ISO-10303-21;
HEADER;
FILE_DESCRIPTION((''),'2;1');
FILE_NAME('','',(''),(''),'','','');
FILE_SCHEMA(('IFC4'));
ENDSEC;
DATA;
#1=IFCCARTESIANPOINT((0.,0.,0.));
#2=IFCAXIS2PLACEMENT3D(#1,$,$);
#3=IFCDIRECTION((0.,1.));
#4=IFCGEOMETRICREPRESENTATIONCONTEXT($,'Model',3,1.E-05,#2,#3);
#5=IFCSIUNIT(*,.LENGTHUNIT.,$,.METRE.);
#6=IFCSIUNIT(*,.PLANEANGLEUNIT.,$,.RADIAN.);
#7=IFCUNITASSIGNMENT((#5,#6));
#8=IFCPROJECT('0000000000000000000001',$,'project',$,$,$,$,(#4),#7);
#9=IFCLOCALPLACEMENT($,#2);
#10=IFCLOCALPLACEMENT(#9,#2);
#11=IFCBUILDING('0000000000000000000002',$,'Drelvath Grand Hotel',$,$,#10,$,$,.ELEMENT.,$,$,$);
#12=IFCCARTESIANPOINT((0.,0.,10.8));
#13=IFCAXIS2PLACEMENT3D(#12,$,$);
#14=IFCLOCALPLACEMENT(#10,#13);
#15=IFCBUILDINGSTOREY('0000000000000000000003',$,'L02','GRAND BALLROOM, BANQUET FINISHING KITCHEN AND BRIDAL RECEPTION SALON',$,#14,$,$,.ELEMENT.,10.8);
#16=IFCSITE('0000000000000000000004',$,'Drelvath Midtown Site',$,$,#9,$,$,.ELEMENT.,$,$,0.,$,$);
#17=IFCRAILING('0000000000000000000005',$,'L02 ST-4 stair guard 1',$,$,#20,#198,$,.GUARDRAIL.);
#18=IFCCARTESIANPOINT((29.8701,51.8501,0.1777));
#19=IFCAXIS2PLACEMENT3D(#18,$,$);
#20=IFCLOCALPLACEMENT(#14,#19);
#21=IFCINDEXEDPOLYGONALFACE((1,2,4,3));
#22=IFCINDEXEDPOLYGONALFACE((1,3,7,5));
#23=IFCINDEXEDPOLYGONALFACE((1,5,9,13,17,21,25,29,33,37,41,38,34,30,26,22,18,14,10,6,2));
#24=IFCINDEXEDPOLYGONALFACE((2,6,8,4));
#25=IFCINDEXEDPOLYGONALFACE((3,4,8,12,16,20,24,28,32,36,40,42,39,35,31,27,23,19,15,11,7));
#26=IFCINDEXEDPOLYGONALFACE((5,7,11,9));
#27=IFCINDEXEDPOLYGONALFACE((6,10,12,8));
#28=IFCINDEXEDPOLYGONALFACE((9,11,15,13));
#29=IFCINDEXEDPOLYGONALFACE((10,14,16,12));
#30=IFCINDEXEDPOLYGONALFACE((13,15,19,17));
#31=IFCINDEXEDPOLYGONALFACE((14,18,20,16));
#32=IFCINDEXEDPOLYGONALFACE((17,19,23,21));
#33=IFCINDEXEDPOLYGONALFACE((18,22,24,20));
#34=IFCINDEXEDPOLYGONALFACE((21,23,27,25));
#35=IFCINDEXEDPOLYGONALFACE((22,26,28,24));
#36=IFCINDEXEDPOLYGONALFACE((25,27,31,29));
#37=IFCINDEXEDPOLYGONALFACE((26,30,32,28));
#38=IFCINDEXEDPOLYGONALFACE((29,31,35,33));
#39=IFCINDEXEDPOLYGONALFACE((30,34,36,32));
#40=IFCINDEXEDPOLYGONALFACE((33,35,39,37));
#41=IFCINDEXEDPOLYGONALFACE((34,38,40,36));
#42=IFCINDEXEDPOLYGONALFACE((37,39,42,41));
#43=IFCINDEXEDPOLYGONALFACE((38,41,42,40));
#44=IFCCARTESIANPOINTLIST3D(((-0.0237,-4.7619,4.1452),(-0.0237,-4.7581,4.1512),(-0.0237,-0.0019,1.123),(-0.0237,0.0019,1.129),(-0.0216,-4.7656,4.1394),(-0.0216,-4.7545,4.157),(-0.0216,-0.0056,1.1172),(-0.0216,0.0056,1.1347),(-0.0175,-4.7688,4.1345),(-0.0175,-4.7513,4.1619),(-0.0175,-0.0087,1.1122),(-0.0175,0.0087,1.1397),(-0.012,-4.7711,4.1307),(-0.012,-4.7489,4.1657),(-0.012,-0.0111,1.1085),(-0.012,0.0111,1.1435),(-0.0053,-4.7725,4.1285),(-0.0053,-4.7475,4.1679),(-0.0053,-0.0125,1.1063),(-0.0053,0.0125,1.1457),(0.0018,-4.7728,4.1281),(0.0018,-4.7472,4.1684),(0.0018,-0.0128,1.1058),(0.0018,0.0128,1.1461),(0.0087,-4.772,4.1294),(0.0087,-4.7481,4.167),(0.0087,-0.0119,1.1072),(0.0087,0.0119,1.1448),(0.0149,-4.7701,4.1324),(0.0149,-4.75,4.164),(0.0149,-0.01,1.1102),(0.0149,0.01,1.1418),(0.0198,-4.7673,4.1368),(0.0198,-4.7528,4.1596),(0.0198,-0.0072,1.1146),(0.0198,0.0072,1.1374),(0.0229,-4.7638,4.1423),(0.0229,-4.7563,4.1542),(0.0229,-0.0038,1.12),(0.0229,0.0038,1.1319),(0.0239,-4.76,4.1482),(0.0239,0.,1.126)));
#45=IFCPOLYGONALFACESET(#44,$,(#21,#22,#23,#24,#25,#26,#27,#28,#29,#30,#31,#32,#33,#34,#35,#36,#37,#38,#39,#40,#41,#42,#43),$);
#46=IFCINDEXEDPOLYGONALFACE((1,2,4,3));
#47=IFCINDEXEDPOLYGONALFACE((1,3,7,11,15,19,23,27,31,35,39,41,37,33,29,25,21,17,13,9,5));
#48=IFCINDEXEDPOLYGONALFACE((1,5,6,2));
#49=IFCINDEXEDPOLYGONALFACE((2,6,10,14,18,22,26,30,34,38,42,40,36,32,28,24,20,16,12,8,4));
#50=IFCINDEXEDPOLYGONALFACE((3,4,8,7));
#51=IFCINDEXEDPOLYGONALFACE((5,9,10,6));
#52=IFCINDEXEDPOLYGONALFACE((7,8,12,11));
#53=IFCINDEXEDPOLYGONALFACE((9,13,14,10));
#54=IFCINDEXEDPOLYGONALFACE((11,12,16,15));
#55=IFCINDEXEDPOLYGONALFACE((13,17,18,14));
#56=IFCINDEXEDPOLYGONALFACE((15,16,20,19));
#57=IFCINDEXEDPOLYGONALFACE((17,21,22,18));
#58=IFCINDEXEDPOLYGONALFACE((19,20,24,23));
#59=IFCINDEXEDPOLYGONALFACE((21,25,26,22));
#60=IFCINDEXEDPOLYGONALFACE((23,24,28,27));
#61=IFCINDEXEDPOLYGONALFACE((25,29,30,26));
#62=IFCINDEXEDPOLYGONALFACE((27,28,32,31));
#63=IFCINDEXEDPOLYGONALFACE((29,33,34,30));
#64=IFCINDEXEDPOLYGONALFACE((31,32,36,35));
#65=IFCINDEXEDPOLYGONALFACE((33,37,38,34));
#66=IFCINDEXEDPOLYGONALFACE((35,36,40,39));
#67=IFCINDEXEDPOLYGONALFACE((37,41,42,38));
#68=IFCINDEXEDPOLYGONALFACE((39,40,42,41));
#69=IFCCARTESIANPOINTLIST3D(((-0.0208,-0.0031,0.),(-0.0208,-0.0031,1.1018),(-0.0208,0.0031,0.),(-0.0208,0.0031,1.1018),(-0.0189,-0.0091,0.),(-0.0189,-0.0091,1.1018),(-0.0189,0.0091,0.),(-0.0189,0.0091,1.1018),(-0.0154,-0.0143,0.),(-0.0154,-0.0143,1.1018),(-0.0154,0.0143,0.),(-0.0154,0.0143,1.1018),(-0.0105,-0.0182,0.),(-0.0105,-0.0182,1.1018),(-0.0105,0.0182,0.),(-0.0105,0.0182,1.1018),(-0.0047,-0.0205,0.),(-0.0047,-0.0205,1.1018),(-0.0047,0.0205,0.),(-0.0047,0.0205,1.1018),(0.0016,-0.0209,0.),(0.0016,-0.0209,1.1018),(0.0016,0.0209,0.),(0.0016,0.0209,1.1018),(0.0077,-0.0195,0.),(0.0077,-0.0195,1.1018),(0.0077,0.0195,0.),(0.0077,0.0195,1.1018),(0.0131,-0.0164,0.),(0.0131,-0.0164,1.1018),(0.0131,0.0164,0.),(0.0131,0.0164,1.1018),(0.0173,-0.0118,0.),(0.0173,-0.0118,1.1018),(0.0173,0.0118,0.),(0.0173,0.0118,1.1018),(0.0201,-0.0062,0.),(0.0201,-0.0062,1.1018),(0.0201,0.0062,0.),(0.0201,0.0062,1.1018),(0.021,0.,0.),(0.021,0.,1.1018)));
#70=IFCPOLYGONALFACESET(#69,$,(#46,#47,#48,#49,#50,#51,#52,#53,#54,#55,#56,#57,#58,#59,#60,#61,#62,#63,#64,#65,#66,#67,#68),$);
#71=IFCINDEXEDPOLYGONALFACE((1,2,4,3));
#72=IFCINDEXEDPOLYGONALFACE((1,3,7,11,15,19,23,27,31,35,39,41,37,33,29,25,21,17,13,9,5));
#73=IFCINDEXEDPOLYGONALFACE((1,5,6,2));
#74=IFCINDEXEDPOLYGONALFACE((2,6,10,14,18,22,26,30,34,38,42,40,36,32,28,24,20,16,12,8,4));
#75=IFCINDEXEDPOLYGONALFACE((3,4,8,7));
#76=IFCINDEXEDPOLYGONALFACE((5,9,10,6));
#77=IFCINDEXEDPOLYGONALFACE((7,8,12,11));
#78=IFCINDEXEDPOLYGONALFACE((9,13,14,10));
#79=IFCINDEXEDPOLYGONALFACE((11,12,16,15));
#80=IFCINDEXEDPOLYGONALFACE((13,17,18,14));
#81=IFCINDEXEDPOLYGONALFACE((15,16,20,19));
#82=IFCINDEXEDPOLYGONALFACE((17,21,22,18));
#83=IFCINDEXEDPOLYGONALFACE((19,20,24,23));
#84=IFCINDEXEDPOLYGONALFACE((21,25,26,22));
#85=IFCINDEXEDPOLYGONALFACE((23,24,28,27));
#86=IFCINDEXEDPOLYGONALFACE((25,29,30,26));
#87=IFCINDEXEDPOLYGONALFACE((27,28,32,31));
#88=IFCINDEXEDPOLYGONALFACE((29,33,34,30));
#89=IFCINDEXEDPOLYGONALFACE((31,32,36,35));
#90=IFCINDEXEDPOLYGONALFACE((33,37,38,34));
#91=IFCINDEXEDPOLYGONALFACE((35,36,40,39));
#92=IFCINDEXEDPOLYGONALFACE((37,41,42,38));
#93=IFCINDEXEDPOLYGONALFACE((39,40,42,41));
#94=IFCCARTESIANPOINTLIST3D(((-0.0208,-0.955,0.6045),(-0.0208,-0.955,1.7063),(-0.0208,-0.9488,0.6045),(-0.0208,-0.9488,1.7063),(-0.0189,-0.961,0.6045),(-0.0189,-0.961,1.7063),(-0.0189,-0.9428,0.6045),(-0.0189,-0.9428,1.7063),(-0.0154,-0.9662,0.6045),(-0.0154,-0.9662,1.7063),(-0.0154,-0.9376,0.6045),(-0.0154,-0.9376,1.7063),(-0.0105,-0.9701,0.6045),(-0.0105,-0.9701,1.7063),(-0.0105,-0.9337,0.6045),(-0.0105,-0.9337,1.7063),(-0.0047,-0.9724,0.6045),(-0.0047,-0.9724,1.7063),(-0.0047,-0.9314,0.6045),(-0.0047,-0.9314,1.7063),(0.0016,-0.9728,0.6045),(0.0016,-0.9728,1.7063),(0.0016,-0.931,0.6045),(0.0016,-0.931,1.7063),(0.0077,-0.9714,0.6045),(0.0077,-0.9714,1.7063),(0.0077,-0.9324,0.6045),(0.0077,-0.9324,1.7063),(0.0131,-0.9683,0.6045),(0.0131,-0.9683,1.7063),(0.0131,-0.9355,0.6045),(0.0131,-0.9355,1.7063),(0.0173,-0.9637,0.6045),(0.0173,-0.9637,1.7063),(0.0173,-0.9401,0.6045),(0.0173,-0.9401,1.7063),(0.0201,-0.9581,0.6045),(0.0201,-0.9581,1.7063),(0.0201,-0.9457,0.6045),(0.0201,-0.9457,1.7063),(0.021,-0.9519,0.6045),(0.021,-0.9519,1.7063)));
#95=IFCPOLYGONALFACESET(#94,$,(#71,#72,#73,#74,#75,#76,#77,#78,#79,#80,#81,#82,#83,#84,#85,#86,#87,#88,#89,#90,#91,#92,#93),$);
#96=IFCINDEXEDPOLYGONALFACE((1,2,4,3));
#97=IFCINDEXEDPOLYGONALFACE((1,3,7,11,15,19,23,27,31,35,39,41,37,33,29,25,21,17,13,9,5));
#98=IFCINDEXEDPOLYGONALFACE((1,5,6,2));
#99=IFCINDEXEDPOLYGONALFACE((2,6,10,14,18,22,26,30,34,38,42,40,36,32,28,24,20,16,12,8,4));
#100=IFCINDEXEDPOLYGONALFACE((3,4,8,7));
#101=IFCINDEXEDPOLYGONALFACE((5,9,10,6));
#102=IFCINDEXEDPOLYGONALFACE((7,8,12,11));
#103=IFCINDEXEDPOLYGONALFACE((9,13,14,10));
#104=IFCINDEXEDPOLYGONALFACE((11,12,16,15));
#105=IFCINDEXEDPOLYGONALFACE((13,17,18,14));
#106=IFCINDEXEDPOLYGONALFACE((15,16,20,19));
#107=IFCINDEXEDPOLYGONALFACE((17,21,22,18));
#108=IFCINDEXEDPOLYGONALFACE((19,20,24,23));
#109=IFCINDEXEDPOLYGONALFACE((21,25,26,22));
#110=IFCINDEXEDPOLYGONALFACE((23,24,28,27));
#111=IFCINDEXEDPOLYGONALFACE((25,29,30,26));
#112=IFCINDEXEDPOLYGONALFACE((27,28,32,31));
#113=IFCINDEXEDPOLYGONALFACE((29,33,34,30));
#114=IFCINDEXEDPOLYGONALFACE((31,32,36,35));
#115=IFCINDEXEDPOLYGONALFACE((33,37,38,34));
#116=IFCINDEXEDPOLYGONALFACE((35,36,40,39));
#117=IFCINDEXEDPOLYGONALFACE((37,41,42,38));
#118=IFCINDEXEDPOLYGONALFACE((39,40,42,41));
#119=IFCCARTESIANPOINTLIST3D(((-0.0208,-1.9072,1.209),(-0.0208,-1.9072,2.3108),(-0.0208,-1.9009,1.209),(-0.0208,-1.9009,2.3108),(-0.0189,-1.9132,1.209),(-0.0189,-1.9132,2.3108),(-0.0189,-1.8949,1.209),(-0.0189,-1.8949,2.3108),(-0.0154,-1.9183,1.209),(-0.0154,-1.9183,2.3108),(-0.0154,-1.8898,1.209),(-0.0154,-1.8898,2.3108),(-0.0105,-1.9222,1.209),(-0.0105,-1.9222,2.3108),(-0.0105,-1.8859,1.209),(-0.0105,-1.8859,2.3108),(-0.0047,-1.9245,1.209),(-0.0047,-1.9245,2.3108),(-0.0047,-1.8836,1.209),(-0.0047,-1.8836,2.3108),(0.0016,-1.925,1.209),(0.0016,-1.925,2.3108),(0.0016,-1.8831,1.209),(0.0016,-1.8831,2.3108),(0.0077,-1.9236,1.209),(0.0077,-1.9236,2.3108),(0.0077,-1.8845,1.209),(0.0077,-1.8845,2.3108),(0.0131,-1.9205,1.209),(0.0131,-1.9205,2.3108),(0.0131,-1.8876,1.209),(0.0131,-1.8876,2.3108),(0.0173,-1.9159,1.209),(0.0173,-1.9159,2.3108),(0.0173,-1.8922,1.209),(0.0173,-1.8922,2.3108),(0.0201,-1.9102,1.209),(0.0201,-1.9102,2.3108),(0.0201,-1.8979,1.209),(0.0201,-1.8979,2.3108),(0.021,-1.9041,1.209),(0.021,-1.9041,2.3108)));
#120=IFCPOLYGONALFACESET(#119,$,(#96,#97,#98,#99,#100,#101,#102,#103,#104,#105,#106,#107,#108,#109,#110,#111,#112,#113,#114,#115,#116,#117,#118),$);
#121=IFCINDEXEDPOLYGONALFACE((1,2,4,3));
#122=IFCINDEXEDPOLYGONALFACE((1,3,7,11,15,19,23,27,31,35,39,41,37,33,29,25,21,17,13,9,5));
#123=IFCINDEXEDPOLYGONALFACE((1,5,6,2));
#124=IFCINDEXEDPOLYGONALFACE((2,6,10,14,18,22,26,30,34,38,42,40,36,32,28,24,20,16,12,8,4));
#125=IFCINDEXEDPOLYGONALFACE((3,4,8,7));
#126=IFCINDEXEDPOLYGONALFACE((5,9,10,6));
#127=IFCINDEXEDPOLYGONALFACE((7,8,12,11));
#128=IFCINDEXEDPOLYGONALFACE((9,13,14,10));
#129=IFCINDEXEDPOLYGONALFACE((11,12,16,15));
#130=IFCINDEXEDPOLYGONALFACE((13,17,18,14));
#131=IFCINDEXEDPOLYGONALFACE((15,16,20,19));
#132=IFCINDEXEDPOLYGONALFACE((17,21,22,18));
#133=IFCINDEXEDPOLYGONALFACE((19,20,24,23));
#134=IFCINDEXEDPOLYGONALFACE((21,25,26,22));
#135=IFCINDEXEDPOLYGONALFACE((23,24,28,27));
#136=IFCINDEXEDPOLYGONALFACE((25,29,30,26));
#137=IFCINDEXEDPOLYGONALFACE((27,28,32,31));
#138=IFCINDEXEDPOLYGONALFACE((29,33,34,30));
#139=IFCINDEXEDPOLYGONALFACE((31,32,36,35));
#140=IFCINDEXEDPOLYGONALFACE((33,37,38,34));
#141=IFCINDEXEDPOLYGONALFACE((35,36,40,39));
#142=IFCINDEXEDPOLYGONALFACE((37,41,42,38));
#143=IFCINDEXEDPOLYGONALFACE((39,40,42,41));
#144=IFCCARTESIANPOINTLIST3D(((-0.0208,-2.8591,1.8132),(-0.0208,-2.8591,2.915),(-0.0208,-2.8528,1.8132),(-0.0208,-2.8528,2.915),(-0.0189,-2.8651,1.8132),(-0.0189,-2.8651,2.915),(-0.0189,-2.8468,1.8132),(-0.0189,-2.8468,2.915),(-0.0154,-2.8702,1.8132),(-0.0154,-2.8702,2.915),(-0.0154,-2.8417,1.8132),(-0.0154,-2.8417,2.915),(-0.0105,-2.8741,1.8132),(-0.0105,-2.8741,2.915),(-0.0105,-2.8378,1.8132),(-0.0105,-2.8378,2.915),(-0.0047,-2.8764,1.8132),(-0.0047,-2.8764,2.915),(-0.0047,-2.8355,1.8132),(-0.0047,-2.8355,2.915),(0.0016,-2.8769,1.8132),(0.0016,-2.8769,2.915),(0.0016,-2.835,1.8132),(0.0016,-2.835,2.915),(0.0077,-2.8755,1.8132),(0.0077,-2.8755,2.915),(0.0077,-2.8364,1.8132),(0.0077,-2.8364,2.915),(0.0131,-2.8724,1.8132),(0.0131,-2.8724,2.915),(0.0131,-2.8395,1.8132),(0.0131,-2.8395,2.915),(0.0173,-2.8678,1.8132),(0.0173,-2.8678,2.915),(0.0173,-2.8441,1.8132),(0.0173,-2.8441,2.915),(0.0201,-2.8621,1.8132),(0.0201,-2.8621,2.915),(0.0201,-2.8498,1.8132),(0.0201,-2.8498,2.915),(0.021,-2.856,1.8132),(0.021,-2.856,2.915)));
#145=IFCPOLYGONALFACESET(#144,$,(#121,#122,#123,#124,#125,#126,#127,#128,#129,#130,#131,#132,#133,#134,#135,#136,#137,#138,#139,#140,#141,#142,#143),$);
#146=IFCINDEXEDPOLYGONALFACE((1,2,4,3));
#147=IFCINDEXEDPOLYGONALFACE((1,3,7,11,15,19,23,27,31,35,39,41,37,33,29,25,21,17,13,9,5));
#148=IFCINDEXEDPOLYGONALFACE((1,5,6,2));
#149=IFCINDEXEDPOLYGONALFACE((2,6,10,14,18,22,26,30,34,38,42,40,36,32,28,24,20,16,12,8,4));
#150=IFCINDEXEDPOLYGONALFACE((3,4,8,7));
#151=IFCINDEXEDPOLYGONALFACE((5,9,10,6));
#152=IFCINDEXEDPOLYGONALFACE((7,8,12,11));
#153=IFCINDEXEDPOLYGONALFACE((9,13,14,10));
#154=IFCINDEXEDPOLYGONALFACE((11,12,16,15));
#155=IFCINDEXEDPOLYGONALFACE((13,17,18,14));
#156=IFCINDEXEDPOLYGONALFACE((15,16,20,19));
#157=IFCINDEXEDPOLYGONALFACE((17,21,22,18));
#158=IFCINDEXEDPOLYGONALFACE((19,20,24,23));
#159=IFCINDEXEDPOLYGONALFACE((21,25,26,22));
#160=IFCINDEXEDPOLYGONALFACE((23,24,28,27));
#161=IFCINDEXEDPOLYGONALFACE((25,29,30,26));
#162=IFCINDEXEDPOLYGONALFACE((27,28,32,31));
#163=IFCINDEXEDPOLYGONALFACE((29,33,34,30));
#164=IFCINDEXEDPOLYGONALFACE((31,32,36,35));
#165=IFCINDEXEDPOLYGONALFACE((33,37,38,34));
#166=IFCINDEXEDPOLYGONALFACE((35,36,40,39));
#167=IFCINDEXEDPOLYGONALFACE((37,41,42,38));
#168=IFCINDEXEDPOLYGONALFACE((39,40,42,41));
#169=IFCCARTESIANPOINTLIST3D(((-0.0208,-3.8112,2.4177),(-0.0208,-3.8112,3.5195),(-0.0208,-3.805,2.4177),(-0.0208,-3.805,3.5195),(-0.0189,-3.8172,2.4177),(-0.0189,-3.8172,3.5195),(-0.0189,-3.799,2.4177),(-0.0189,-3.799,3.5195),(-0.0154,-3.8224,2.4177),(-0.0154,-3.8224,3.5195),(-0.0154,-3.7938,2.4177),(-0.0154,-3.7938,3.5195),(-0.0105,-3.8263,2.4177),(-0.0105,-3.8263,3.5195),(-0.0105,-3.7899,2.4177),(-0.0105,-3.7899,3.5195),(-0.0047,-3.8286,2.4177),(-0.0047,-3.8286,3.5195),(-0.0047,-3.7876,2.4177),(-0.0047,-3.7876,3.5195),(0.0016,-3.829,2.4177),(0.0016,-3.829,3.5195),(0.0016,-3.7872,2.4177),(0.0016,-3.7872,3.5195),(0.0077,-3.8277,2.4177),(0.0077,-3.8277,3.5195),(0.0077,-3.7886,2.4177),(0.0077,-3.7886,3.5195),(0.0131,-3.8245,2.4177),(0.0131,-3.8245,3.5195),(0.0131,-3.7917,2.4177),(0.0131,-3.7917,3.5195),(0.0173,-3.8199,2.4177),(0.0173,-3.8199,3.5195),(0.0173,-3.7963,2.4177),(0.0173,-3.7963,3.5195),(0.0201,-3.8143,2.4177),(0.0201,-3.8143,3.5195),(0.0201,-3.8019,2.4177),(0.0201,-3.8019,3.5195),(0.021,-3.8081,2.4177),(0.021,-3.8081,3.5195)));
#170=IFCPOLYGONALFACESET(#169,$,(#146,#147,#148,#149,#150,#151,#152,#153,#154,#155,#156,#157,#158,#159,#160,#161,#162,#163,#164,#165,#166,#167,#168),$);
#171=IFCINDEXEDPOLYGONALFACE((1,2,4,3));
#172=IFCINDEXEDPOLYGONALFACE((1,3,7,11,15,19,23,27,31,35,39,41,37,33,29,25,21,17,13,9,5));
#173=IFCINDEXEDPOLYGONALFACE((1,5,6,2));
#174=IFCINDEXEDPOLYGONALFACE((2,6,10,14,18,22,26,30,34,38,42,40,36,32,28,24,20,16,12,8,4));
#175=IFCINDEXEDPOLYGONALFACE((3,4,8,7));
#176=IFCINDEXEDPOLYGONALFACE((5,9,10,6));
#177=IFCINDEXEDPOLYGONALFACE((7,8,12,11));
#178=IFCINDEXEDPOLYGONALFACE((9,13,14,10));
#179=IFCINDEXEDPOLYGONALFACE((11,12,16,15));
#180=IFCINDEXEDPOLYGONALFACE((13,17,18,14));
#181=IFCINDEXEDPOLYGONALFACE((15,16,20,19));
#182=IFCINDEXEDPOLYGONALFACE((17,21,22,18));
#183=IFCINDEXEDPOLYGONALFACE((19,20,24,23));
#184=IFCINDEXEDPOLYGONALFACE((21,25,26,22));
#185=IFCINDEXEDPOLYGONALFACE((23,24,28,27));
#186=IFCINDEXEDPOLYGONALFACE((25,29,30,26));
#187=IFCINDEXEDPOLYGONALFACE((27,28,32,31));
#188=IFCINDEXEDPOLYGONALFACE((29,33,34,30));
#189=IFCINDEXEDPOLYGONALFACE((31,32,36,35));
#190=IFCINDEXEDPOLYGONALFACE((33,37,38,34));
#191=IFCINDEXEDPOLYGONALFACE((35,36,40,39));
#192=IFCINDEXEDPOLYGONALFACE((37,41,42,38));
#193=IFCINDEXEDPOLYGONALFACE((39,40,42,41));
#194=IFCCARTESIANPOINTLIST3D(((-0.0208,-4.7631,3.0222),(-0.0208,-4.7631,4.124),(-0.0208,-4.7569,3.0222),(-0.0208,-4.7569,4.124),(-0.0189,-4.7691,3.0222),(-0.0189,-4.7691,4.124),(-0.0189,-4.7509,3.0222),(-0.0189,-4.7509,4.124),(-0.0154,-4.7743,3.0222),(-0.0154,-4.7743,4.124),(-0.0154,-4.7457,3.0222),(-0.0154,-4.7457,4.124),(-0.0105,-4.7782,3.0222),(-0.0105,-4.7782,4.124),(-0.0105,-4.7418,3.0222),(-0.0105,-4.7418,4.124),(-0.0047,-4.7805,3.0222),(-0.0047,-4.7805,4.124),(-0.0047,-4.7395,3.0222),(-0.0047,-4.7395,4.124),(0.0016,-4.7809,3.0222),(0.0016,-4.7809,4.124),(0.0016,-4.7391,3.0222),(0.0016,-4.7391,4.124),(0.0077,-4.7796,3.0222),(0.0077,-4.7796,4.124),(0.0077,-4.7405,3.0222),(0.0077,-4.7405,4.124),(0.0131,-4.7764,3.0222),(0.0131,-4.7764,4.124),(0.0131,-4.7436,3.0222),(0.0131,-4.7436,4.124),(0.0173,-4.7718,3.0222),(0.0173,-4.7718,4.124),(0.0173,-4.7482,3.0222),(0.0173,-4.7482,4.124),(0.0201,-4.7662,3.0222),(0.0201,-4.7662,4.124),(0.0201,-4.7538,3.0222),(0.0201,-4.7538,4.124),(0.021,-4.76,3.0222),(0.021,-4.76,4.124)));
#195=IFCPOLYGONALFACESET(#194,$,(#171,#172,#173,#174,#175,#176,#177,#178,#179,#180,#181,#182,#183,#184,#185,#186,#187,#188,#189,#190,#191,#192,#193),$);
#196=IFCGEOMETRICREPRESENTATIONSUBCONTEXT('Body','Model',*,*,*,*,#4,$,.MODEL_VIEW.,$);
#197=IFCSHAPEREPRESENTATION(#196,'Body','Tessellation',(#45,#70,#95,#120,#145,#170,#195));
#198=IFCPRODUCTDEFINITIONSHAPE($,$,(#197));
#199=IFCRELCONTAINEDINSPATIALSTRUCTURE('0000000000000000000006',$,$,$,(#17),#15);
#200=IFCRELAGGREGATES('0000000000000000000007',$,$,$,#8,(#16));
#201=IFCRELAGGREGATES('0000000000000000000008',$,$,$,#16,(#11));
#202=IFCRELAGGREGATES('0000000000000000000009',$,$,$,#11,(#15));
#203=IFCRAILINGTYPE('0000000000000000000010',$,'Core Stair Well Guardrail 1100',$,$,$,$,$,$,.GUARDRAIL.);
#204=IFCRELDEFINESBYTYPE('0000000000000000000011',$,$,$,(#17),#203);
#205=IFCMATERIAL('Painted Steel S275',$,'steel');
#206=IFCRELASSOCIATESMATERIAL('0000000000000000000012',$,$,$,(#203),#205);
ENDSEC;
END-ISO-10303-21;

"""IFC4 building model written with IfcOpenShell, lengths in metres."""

from ifc_helpers import new_model, si_unit, direction, frame, origin, origin_2d, place, context, subcontext, project, spatial, circle, extrude, material, type_object, element, save


model = new_model("IFC4")

# Units and contexts
model_context = context("Model", 3, precision=1e-05, world=origin(), true_north=direction((0.0, 1.0)))
body_context = subcontext(model_context, "Body", "Model", "MODEL_VIEW")
ifc_project = project(units=[si_unit("LENGTHUNIT", "METRE"), si_unit("PLANEANGLEUNIT", "RADIAN")], contexts=[model_context])

# Site, building, storey
site_placement = place(None, origin())
site = spatial("IfcSite", under=ifc_project, at=site_placement, Name="Drelvath Midtown Site", CompositionType="ELEMENT", RefElevation=0.0)
building_placement = place(site_placement, origin())
building = spatial("IfcBuilding", under=site, at=building_placement, Name="Drelvath Grand Hotel", CompositionType="ELEMENT")
storey_placement = place(building_placement, frame((0.0, 0.0, 10.8)))
storey = spatial("IfcBuildingStorey", under=building, at=storey_placement, Name="L02", Description="GRAND BALLROOM, BANQUET FINISHING KITCHEN AND BRIDAL RECEPTION SALON", CompositionType="ELEMENT", Elevation=10.8)

# Railing
ifc_material_1 = material(Name="Painted Steel S275", Category="steel")
railing_type_1 = type_object("IfcRailingType", Name="Core Stair Well Guardrail 1100", PredefinedType="GUARDRAIL", material=ifc_material_1)
railing_1_placement = place(storey_placement, frame((29.8701, 51.8501, 0.1777)))
element("IfcRailing", 1, at=railing_1_placement, inside=storey, type_object=railing_type_1, Name="L02 ST-4 stair guard 1", PredefinedType="GUARDRAIL", context=body_context, shape_type="SweptSolid", body=[
    extrude(circle(Radius=0.0239, at=origin_2d()), frame((0.0, 0.0, 1.126), z_axis=(0.0, -0.844214, 0.536007), x_axis=(1.0, 0.0, 0.0)), (0.0, 0.0, 1.0), 5.6384),
    extrude(circle(Radius=0.021, at=origin_2d()), origin(), (0.0, 0.0, 1.0), 1.1018),
    extrude(circle(Radius=0.021, at=origin_2d()), frame((0.0, -0.9519, 0.6045)), (0.0, 0.0, 1.0), 1.1018),
    extrude(circle(Radius=0.021, at=origin_2d()), frame((0.0, -1.9041, 1.209)), (0.0, 0.0, 1.0), 1.1018),
    extrude(circle(Radius=0.021, at=origin_2d()), frame((0.0, -2.856, 1.8132)), (0.0, 0.0, 1.0), 1.1018),
    extrude(circle(Radius=0.021, at=origin_2d()), frame((0.0, -3.8081, 2.4177)), (0.0, 0.0, 1.0), 1.1018),
    extrude(circle(Radius=0.021, at=origin_2d()), frame((0.0, -4.76, 3.0222)), (0.0, 0.0, 1.0), 1.1018),
])

save(model, "model.ifc")
